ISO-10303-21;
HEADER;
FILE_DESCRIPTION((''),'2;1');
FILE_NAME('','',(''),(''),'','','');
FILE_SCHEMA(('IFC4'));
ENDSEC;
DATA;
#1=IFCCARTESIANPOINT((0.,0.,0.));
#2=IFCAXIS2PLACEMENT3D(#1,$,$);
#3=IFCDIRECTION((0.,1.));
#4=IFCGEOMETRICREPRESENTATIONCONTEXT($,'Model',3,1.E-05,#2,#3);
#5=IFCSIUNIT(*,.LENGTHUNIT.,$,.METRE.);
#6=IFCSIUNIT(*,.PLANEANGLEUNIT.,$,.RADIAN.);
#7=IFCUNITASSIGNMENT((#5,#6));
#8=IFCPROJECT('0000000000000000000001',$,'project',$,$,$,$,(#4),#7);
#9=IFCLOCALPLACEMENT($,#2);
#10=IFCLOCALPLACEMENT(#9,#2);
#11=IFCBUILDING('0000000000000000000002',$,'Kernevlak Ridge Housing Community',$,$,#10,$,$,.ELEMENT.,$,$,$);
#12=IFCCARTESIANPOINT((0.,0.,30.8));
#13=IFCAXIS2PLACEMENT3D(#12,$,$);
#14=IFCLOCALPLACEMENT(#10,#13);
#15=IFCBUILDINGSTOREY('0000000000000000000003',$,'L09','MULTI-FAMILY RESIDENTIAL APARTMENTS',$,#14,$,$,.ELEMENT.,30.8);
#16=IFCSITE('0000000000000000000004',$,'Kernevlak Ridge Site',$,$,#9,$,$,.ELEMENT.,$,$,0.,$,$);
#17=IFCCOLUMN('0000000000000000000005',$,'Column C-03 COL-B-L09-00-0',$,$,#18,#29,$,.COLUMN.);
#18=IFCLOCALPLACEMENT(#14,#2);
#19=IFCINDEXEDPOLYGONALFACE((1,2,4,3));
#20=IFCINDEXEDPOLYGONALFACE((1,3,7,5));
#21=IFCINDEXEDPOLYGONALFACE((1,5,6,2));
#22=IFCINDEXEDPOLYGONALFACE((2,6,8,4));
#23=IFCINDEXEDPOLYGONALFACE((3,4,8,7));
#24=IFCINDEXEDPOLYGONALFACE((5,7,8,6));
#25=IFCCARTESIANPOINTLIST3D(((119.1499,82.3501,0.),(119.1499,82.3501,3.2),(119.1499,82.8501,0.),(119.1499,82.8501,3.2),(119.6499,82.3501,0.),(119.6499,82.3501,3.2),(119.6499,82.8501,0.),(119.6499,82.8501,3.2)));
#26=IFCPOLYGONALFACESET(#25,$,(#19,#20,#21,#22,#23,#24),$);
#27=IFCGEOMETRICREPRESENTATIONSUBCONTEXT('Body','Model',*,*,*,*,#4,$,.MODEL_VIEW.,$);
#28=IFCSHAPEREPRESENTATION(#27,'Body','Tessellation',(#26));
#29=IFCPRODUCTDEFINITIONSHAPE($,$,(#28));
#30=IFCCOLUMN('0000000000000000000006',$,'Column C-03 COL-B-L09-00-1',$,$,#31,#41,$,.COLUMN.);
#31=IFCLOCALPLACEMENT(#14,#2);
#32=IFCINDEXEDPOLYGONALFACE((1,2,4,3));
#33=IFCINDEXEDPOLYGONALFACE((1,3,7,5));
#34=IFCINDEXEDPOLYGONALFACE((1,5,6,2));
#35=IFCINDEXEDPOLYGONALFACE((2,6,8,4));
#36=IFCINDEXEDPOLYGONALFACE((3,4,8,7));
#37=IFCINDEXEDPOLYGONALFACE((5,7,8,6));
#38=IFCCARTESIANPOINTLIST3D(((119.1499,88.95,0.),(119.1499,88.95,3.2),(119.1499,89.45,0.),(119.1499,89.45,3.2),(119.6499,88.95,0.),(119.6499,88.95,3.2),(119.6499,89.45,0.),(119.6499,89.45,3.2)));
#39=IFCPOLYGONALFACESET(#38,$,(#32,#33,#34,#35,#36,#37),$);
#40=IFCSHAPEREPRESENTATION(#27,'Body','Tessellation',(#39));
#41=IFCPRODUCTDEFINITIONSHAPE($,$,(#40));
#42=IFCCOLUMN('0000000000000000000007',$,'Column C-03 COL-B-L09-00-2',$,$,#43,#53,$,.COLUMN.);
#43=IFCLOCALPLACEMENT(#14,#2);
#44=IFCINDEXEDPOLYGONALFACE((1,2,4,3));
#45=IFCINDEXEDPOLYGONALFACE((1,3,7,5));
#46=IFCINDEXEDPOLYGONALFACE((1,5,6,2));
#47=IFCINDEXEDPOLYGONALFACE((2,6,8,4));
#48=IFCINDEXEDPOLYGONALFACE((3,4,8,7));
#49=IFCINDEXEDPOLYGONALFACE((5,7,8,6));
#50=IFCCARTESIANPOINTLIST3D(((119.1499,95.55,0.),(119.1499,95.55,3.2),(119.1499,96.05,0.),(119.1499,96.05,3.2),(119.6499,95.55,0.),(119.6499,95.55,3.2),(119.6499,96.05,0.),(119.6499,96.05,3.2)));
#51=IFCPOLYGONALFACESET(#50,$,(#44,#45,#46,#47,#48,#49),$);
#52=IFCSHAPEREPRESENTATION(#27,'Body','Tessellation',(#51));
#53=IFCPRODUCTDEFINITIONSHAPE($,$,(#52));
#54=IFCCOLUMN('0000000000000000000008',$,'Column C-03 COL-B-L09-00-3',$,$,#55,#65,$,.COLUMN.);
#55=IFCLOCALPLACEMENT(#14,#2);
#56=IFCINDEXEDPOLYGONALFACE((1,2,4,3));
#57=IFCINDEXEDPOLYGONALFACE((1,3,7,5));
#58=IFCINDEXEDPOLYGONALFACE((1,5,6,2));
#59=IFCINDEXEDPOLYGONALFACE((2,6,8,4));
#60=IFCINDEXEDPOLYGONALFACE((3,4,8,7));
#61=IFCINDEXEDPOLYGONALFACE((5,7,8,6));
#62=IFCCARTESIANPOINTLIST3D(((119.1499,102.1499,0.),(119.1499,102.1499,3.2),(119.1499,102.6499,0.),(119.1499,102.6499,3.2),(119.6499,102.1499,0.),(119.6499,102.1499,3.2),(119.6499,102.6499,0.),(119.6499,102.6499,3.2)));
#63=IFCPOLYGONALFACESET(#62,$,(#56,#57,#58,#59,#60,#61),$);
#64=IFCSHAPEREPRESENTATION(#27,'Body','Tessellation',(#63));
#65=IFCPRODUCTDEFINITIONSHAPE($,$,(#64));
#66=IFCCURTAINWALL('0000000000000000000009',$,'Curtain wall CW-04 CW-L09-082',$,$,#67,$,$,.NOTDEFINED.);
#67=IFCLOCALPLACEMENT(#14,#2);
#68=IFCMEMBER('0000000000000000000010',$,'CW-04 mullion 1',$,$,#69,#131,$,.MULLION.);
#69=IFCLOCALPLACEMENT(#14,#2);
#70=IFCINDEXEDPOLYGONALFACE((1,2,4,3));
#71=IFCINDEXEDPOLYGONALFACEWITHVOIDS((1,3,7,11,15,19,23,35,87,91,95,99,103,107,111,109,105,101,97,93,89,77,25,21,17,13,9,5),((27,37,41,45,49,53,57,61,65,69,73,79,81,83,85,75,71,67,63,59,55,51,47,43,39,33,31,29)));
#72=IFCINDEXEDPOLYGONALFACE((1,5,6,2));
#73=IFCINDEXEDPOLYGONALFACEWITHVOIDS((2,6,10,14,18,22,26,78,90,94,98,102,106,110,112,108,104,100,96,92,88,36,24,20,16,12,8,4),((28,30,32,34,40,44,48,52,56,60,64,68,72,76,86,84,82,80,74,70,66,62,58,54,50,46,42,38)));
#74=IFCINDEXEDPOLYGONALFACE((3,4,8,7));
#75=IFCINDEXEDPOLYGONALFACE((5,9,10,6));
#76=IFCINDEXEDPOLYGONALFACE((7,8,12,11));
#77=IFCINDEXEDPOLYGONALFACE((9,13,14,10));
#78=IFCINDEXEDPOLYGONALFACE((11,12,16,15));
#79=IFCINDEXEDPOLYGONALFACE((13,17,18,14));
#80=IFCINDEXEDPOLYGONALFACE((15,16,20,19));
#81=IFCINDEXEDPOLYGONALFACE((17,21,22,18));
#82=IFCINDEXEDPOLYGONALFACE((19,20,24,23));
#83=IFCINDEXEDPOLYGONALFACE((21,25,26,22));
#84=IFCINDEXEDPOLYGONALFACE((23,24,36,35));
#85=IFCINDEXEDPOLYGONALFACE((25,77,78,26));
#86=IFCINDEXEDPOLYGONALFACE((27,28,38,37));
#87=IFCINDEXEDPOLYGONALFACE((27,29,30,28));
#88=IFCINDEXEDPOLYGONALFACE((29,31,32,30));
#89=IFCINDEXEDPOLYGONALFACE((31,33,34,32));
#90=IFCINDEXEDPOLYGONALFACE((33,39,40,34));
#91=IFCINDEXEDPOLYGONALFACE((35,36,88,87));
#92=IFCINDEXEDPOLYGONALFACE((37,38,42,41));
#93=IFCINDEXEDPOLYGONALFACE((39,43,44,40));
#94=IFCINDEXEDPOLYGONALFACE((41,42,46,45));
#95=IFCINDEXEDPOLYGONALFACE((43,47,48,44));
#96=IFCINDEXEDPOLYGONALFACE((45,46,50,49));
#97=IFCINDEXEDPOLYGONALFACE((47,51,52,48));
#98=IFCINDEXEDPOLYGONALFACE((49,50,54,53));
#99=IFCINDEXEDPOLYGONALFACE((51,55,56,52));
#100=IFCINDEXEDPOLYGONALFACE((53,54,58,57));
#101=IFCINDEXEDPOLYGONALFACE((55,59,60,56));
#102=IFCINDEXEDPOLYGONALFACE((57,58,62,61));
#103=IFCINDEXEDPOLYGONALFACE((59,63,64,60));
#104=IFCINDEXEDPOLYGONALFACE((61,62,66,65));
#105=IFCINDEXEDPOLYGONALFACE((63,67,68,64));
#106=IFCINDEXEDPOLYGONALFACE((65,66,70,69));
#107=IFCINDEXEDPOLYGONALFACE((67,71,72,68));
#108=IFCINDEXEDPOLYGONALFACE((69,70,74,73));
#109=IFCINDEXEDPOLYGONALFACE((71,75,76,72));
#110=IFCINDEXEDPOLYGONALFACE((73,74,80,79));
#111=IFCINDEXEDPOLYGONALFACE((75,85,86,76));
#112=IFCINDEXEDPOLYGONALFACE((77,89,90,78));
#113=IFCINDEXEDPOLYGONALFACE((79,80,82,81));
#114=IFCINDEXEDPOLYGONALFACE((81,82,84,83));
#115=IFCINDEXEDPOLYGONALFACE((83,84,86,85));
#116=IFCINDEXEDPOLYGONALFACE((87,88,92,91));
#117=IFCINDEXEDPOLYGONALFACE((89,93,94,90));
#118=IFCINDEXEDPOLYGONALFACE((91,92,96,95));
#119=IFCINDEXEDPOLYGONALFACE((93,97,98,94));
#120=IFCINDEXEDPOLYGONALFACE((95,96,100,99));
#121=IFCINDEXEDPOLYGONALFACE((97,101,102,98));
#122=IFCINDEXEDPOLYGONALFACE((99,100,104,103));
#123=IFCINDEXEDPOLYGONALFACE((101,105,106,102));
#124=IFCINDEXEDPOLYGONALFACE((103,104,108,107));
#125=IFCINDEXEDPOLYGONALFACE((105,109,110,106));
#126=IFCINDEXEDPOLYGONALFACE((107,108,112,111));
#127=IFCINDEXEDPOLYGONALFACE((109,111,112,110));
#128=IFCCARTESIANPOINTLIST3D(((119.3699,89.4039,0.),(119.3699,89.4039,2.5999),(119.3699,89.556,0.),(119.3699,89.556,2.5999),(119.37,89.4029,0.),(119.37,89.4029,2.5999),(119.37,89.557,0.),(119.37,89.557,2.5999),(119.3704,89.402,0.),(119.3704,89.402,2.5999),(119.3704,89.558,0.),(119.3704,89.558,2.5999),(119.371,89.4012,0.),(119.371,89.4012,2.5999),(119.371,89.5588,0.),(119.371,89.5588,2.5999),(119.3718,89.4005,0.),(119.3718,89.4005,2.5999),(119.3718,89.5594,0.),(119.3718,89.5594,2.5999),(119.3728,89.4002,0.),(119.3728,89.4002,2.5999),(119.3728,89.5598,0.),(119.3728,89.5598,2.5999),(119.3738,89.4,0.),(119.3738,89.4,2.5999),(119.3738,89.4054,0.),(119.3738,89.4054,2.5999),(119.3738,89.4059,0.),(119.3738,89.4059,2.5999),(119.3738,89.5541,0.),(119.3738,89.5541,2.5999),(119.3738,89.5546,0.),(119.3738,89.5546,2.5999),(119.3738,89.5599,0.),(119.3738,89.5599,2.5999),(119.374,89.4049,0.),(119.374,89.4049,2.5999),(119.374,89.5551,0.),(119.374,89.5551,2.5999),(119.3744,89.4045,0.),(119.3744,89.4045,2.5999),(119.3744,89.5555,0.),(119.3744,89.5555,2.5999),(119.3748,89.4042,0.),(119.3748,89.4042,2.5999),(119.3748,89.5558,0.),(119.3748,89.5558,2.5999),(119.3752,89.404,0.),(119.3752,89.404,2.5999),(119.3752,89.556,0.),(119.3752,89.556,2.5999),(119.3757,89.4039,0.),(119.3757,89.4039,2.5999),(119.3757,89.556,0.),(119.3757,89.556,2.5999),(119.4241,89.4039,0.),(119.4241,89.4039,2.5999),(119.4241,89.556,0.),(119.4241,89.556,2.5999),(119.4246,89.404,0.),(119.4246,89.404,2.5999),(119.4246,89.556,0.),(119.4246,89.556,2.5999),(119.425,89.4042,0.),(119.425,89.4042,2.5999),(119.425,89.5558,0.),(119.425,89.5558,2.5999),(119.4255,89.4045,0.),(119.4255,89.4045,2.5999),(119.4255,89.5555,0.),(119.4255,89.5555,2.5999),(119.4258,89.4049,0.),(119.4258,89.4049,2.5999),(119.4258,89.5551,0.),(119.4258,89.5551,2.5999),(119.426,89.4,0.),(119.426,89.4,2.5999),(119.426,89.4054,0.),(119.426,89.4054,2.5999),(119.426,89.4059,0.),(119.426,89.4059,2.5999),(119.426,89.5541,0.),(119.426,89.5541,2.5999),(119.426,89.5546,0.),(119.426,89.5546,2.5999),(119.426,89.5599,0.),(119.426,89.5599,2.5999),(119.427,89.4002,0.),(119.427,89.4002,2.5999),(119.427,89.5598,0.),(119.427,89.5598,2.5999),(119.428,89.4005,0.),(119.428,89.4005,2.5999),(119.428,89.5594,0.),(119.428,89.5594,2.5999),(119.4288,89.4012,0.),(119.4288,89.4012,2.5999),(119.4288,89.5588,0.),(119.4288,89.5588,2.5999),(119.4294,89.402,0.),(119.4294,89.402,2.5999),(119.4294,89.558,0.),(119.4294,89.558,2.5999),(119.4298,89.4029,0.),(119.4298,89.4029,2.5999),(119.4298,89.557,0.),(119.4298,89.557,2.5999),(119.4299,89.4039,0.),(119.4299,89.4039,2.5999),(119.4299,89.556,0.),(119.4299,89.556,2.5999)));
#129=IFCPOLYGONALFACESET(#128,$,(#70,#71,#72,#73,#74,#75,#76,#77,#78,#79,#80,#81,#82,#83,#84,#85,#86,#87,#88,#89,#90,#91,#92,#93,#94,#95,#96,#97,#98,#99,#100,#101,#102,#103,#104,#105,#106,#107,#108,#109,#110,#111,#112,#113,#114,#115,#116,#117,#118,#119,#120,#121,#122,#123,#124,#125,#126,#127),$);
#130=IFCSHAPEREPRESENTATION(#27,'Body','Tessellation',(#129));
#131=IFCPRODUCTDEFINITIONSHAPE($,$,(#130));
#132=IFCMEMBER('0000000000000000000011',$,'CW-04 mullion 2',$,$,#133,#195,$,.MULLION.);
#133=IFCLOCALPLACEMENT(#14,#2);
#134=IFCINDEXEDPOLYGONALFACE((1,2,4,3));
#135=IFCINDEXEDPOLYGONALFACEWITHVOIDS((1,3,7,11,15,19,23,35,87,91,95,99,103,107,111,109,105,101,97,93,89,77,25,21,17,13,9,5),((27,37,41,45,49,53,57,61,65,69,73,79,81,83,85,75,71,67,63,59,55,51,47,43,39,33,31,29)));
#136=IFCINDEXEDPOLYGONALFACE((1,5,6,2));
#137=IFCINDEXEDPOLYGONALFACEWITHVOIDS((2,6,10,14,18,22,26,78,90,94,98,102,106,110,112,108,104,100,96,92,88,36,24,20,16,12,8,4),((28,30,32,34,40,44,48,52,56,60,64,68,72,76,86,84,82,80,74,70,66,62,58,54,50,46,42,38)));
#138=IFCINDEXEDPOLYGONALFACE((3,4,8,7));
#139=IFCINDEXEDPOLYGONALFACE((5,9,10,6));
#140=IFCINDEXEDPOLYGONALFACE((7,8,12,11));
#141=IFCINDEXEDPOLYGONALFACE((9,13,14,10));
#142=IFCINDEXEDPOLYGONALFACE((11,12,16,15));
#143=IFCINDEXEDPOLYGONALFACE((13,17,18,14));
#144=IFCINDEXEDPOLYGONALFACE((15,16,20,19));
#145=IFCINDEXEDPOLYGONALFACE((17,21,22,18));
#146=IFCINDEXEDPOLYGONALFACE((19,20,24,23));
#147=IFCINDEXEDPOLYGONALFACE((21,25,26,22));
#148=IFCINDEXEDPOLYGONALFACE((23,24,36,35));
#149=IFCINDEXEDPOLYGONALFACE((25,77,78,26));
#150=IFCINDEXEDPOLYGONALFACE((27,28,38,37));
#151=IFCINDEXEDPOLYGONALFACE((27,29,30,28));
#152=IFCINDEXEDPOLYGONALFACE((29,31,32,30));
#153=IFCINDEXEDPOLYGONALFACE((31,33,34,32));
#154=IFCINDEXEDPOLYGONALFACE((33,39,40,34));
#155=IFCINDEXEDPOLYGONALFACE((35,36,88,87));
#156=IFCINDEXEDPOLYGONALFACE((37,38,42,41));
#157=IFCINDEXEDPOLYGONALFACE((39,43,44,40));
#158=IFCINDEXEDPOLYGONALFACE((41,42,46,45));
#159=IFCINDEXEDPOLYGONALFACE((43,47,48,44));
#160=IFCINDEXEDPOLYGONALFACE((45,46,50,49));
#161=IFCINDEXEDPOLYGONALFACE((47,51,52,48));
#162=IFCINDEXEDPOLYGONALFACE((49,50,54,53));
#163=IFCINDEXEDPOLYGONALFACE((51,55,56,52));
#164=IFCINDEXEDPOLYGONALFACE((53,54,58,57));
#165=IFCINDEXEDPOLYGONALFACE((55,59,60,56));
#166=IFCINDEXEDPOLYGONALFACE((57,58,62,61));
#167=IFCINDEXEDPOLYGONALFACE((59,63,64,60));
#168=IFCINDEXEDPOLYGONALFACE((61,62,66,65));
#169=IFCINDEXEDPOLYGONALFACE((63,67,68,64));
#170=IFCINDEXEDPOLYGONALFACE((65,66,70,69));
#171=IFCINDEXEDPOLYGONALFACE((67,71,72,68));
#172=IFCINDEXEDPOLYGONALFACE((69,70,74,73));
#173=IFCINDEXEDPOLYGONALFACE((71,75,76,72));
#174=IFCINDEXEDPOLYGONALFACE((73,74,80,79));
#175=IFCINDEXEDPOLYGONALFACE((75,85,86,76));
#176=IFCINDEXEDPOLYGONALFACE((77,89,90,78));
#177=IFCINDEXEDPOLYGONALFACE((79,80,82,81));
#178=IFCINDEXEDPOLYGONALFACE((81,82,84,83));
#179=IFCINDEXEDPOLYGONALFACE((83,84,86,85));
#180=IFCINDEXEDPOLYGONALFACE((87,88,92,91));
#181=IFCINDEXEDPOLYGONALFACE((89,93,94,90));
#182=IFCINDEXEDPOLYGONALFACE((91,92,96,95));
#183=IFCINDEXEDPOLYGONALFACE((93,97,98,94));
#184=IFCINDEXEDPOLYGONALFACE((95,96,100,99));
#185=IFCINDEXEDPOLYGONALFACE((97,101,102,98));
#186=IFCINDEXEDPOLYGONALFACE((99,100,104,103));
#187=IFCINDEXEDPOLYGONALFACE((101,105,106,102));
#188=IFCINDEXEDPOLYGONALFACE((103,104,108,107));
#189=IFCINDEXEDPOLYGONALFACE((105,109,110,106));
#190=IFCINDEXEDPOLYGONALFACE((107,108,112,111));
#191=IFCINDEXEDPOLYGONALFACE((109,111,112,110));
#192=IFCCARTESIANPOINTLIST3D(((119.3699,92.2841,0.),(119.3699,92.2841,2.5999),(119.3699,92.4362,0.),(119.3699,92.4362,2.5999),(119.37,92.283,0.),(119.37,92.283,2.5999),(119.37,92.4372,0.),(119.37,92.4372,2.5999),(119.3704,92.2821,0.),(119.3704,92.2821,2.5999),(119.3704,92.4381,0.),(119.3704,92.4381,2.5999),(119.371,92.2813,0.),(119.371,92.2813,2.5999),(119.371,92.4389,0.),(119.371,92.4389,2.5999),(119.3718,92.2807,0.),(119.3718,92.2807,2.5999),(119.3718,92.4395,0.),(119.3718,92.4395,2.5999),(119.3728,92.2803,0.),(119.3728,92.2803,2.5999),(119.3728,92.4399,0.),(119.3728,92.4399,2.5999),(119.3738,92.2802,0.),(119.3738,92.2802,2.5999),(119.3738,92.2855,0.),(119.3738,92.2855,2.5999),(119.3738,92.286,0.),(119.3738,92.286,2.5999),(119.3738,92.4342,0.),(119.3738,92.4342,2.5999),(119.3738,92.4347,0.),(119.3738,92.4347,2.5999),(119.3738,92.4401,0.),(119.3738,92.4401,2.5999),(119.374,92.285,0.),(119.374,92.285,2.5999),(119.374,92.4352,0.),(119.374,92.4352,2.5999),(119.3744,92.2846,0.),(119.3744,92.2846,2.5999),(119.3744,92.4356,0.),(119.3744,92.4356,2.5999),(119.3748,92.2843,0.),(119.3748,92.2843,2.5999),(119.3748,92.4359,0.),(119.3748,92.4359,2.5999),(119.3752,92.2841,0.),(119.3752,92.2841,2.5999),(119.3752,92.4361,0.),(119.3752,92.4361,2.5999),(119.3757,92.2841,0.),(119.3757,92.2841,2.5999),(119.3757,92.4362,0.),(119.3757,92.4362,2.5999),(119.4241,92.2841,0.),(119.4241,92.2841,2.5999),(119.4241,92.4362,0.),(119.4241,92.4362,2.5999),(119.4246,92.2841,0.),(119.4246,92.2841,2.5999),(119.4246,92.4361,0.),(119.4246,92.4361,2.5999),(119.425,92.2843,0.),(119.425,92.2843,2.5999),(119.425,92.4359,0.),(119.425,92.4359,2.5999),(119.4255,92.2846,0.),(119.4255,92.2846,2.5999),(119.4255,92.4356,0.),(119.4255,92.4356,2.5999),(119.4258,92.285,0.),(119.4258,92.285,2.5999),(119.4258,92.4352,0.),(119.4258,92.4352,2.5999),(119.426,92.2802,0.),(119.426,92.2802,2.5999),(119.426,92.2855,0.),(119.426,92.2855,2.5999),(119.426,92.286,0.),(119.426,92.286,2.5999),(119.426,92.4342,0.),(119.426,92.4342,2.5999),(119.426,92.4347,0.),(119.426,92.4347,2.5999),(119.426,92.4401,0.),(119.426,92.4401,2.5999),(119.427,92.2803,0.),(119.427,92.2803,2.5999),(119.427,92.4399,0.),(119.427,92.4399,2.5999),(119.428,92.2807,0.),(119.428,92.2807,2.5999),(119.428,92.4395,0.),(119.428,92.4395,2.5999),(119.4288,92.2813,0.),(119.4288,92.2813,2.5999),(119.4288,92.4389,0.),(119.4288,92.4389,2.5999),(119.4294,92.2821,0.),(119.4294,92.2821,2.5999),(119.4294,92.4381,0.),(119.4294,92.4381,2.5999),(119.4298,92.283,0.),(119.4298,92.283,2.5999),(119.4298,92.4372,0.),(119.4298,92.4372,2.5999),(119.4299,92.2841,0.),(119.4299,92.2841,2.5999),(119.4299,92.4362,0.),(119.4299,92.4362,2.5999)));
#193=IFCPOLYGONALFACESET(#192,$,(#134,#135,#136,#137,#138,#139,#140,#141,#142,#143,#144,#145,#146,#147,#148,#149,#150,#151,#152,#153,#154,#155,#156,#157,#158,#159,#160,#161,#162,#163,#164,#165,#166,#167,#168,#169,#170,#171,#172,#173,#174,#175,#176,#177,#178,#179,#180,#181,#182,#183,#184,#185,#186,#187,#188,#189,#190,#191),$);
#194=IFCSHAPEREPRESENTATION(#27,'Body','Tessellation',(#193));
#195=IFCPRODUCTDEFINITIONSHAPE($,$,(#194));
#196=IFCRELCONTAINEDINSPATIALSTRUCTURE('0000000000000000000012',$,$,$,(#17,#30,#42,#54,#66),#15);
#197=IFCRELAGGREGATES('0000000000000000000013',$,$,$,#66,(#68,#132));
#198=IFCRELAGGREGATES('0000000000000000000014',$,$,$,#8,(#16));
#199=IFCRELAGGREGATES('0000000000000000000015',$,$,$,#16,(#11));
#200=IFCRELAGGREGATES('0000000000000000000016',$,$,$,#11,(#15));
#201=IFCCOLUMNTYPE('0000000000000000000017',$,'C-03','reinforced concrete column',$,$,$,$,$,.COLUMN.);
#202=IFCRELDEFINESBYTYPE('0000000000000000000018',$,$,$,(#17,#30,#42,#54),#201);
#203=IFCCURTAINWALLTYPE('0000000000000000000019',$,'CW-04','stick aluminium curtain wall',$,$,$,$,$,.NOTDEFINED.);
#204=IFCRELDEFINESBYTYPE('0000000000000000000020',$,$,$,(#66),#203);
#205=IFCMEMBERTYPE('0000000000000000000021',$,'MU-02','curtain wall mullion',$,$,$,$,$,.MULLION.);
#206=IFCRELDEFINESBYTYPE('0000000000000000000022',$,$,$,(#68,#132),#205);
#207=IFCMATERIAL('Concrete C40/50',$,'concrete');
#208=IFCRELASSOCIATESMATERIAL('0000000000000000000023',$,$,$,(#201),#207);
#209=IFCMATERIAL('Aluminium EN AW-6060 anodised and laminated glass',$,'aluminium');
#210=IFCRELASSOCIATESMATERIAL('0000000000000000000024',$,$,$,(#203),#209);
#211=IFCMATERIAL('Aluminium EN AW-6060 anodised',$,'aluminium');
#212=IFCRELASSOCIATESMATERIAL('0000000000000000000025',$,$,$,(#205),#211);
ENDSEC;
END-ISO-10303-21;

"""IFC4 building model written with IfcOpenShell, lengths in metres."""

from ifc_helpers import new_model, si_unit, direction, frame, origin, origin_2d, place, context, subcontext, project, spatial, rectangle, hollow_rectangle, extrude, material, material_profile, profile_set, type_object, element, aggregate, save


model = new_model("IFC4")

# Units and contexts
model_context = context("Model", 3, precision=1e-05, world=origin(), true_north=direction((0.0, 1.0)))
body_context = subcontext(model_context, "Body", "Model", "MODEL_VIEW")
ifc_project = project(units=[si_unit("LENGTHUNIT", "METRE"), si_unit("PLANEANGLEUNIT", "RADIAN")], contexts=[model_context])

# Site, building, storey
site_placement = place(None, origin())
site = spatial("IfcSite", under=ifc_project, at=site_placement, Name="Kernevlak Ridge Site", CompositionType="ELEMENT", RefElevation=0.0)
building_placement = place(site_placement, origin())
building = spatial("IfcBuilding", under=site, at=building_placement, Name="Kernevlak Ridge Housing Community", CompositionType="ELEMENT")
storey_placement = place(building_placement, frame((0.0, 0.0, 30.8)))
storey = spatial("IfcBuildingStorey", under=building, at=storey_placement, Name="L09", Description="MULTI-FAMILY RESIDENTIAL APARTMENTS", CompositionType="ELEMENT", Elevation=30.8)

# Columns
ifc_material_1 = material(Name="Concrete C40/50", Category="concrete")
ifc_material_profile_1 = material_profile(ifc_material_1, rectangle(XDim=0.5, YDim=0.5, at=origin_2d()), Name="RC 500x500")
ifc_profile_set_1 = profile_set([ifc_material_profile_1], Name="Concrete C40/50")
column_type = type_object("IfcColumnType", Name="C-03", Description="reinforced concrete column", PredefinedType="COLUMN", material=ifc_profile_set_1)
for number, where, z_axis, x_axis, name in (
    (1, (119.3999, 82.6001, 0.0), (0.0, 0.0, 1.0), (1.0, 0.0, 0.0), "Column C-03 COL-B-L09-00-0"),
    (2, (119.3999, 89.2, 0.0), (0.0, 0.0, 1.0), (1.0, 0.0, 0.0), "Column C-03 COL-B-L09-00-1"),
    (3, (119.3999, 95.8, 0.0), (0.0, 0.0, 1.0), (1.0, 0.0, 0.0), "Column C-03 COL-B-L09-00-2"),
    (4, (119.3999, 102.3999, 0.0), (0.0, 0.0, 1.0), (1.0, 0.0, 0.0), "Column C-03 COL-B-L09-00-3"),
):
    element("IfcColumn", number, at=place(storey_placement, frame(where, z_axis=z_axis, x_axis=x_axis)), inside=storey, type_object=column_type, Name=name, PredefinedType="COLUMN", context=body_context, shape_type="SweptSolid", body=[
        extrude(rectangle(XDim=0.5, YDim=0.5, at=origin_2d()), origin(), (0.0, 0.0, 1.0), 3.2),
    ])

# Curtain wall, members
ifc_material_2 = material(Name="Aluminium EN AW-6060 anodised and laminated glass", Category="aluminium")
curtain_wall_type_1 = type_object("IfcCurtainWallType", Name="CW-04", Description="stick aluminium curtain wall", PredefinedType="NOTDEFINED", material=ifc_material_2)
curtain_wall_1_placement = place(storey_placement, origin())
curtain_wall_1 = element("IfcCurtainWall", 5, at=curtain_wall_1_placement, inside=storey, type_object=curtain_wall_type_1, Name="Curtain wall CW-04 CW-L09-082", PredefinedType="NOTDEFINED")
ifc_material_3 = material(Name="Aluminium EN AW-6060 anodised", Category="aluminium")
ifc_material_profile_2 = material_profile(ifc_material_3, hollow_rectangle(XDim=0.0601, YDim=0.1599, WallThickness=0.0039, InnerFilletRadius=0.002, OuterFilletRadius=0.0039, at=origin_2d()), Name="ALU 60x160x4")
ifc_profile_set_2 = profile_set([ifc_material_profile_2], Name="Aluminium EN AW-6060 anodised")
member_type_1 = type_object("IfcMemberType", Name="MU-02", Description="curtain wall mullion", PredefinedType="MULLION", material=ifc_profile_set_2)
member_1_placement = place(storey_placement, frame((119.3999, 89.48, 0.0), z_axis=(0.0, 0.0, 1.0), x_axis=(-1.0, 0.0, 0.0)))
member_1 = element("IfcMember", 6, at=member_1_placement, type_object=member_type_1, Name="CW-04 mullion 1", PredefinedType="MULLION", context=body_context, shape_type="SweptSolid", body=[
    extrude(hollow_rectangle(XDim=0.0601, YDim=0.1599, WallThickness=0.0039, InnerFilletRadius=0.002, OuterFilletRadius=0.0039, at=origin_2d()), origin(), (0.0, 0.0, 1.0), 2.5999),
])
member_2_placement = place(storey_placement, frame((119.3999, 92.3601, 0.0), z_axis=(0.0, 0.0, 1.0), x_axis=(-1.0, 0.0, 0.0)))
member_2 = element("IfcMember", 7, at=member_2_placement, type_object=member_type_1, Name="CW-04 mullion 2", PredefinedType="MULLION", context=body_context, shape_type="SweptSolid", body=[
    extrude(hollow_rectangle(XDim=0.0601, YDim=0.1599, WallThickness=0.0039, InnerFilletRadius=0.002, OuterFilletRadius=0.0039, at=origin_2d()), origin(), (0.0, 0.0, 1.0), 2.5999),
])

aggregate(curtain_wall_1, [member_1, member_2])

save(model, "model.ifc")
